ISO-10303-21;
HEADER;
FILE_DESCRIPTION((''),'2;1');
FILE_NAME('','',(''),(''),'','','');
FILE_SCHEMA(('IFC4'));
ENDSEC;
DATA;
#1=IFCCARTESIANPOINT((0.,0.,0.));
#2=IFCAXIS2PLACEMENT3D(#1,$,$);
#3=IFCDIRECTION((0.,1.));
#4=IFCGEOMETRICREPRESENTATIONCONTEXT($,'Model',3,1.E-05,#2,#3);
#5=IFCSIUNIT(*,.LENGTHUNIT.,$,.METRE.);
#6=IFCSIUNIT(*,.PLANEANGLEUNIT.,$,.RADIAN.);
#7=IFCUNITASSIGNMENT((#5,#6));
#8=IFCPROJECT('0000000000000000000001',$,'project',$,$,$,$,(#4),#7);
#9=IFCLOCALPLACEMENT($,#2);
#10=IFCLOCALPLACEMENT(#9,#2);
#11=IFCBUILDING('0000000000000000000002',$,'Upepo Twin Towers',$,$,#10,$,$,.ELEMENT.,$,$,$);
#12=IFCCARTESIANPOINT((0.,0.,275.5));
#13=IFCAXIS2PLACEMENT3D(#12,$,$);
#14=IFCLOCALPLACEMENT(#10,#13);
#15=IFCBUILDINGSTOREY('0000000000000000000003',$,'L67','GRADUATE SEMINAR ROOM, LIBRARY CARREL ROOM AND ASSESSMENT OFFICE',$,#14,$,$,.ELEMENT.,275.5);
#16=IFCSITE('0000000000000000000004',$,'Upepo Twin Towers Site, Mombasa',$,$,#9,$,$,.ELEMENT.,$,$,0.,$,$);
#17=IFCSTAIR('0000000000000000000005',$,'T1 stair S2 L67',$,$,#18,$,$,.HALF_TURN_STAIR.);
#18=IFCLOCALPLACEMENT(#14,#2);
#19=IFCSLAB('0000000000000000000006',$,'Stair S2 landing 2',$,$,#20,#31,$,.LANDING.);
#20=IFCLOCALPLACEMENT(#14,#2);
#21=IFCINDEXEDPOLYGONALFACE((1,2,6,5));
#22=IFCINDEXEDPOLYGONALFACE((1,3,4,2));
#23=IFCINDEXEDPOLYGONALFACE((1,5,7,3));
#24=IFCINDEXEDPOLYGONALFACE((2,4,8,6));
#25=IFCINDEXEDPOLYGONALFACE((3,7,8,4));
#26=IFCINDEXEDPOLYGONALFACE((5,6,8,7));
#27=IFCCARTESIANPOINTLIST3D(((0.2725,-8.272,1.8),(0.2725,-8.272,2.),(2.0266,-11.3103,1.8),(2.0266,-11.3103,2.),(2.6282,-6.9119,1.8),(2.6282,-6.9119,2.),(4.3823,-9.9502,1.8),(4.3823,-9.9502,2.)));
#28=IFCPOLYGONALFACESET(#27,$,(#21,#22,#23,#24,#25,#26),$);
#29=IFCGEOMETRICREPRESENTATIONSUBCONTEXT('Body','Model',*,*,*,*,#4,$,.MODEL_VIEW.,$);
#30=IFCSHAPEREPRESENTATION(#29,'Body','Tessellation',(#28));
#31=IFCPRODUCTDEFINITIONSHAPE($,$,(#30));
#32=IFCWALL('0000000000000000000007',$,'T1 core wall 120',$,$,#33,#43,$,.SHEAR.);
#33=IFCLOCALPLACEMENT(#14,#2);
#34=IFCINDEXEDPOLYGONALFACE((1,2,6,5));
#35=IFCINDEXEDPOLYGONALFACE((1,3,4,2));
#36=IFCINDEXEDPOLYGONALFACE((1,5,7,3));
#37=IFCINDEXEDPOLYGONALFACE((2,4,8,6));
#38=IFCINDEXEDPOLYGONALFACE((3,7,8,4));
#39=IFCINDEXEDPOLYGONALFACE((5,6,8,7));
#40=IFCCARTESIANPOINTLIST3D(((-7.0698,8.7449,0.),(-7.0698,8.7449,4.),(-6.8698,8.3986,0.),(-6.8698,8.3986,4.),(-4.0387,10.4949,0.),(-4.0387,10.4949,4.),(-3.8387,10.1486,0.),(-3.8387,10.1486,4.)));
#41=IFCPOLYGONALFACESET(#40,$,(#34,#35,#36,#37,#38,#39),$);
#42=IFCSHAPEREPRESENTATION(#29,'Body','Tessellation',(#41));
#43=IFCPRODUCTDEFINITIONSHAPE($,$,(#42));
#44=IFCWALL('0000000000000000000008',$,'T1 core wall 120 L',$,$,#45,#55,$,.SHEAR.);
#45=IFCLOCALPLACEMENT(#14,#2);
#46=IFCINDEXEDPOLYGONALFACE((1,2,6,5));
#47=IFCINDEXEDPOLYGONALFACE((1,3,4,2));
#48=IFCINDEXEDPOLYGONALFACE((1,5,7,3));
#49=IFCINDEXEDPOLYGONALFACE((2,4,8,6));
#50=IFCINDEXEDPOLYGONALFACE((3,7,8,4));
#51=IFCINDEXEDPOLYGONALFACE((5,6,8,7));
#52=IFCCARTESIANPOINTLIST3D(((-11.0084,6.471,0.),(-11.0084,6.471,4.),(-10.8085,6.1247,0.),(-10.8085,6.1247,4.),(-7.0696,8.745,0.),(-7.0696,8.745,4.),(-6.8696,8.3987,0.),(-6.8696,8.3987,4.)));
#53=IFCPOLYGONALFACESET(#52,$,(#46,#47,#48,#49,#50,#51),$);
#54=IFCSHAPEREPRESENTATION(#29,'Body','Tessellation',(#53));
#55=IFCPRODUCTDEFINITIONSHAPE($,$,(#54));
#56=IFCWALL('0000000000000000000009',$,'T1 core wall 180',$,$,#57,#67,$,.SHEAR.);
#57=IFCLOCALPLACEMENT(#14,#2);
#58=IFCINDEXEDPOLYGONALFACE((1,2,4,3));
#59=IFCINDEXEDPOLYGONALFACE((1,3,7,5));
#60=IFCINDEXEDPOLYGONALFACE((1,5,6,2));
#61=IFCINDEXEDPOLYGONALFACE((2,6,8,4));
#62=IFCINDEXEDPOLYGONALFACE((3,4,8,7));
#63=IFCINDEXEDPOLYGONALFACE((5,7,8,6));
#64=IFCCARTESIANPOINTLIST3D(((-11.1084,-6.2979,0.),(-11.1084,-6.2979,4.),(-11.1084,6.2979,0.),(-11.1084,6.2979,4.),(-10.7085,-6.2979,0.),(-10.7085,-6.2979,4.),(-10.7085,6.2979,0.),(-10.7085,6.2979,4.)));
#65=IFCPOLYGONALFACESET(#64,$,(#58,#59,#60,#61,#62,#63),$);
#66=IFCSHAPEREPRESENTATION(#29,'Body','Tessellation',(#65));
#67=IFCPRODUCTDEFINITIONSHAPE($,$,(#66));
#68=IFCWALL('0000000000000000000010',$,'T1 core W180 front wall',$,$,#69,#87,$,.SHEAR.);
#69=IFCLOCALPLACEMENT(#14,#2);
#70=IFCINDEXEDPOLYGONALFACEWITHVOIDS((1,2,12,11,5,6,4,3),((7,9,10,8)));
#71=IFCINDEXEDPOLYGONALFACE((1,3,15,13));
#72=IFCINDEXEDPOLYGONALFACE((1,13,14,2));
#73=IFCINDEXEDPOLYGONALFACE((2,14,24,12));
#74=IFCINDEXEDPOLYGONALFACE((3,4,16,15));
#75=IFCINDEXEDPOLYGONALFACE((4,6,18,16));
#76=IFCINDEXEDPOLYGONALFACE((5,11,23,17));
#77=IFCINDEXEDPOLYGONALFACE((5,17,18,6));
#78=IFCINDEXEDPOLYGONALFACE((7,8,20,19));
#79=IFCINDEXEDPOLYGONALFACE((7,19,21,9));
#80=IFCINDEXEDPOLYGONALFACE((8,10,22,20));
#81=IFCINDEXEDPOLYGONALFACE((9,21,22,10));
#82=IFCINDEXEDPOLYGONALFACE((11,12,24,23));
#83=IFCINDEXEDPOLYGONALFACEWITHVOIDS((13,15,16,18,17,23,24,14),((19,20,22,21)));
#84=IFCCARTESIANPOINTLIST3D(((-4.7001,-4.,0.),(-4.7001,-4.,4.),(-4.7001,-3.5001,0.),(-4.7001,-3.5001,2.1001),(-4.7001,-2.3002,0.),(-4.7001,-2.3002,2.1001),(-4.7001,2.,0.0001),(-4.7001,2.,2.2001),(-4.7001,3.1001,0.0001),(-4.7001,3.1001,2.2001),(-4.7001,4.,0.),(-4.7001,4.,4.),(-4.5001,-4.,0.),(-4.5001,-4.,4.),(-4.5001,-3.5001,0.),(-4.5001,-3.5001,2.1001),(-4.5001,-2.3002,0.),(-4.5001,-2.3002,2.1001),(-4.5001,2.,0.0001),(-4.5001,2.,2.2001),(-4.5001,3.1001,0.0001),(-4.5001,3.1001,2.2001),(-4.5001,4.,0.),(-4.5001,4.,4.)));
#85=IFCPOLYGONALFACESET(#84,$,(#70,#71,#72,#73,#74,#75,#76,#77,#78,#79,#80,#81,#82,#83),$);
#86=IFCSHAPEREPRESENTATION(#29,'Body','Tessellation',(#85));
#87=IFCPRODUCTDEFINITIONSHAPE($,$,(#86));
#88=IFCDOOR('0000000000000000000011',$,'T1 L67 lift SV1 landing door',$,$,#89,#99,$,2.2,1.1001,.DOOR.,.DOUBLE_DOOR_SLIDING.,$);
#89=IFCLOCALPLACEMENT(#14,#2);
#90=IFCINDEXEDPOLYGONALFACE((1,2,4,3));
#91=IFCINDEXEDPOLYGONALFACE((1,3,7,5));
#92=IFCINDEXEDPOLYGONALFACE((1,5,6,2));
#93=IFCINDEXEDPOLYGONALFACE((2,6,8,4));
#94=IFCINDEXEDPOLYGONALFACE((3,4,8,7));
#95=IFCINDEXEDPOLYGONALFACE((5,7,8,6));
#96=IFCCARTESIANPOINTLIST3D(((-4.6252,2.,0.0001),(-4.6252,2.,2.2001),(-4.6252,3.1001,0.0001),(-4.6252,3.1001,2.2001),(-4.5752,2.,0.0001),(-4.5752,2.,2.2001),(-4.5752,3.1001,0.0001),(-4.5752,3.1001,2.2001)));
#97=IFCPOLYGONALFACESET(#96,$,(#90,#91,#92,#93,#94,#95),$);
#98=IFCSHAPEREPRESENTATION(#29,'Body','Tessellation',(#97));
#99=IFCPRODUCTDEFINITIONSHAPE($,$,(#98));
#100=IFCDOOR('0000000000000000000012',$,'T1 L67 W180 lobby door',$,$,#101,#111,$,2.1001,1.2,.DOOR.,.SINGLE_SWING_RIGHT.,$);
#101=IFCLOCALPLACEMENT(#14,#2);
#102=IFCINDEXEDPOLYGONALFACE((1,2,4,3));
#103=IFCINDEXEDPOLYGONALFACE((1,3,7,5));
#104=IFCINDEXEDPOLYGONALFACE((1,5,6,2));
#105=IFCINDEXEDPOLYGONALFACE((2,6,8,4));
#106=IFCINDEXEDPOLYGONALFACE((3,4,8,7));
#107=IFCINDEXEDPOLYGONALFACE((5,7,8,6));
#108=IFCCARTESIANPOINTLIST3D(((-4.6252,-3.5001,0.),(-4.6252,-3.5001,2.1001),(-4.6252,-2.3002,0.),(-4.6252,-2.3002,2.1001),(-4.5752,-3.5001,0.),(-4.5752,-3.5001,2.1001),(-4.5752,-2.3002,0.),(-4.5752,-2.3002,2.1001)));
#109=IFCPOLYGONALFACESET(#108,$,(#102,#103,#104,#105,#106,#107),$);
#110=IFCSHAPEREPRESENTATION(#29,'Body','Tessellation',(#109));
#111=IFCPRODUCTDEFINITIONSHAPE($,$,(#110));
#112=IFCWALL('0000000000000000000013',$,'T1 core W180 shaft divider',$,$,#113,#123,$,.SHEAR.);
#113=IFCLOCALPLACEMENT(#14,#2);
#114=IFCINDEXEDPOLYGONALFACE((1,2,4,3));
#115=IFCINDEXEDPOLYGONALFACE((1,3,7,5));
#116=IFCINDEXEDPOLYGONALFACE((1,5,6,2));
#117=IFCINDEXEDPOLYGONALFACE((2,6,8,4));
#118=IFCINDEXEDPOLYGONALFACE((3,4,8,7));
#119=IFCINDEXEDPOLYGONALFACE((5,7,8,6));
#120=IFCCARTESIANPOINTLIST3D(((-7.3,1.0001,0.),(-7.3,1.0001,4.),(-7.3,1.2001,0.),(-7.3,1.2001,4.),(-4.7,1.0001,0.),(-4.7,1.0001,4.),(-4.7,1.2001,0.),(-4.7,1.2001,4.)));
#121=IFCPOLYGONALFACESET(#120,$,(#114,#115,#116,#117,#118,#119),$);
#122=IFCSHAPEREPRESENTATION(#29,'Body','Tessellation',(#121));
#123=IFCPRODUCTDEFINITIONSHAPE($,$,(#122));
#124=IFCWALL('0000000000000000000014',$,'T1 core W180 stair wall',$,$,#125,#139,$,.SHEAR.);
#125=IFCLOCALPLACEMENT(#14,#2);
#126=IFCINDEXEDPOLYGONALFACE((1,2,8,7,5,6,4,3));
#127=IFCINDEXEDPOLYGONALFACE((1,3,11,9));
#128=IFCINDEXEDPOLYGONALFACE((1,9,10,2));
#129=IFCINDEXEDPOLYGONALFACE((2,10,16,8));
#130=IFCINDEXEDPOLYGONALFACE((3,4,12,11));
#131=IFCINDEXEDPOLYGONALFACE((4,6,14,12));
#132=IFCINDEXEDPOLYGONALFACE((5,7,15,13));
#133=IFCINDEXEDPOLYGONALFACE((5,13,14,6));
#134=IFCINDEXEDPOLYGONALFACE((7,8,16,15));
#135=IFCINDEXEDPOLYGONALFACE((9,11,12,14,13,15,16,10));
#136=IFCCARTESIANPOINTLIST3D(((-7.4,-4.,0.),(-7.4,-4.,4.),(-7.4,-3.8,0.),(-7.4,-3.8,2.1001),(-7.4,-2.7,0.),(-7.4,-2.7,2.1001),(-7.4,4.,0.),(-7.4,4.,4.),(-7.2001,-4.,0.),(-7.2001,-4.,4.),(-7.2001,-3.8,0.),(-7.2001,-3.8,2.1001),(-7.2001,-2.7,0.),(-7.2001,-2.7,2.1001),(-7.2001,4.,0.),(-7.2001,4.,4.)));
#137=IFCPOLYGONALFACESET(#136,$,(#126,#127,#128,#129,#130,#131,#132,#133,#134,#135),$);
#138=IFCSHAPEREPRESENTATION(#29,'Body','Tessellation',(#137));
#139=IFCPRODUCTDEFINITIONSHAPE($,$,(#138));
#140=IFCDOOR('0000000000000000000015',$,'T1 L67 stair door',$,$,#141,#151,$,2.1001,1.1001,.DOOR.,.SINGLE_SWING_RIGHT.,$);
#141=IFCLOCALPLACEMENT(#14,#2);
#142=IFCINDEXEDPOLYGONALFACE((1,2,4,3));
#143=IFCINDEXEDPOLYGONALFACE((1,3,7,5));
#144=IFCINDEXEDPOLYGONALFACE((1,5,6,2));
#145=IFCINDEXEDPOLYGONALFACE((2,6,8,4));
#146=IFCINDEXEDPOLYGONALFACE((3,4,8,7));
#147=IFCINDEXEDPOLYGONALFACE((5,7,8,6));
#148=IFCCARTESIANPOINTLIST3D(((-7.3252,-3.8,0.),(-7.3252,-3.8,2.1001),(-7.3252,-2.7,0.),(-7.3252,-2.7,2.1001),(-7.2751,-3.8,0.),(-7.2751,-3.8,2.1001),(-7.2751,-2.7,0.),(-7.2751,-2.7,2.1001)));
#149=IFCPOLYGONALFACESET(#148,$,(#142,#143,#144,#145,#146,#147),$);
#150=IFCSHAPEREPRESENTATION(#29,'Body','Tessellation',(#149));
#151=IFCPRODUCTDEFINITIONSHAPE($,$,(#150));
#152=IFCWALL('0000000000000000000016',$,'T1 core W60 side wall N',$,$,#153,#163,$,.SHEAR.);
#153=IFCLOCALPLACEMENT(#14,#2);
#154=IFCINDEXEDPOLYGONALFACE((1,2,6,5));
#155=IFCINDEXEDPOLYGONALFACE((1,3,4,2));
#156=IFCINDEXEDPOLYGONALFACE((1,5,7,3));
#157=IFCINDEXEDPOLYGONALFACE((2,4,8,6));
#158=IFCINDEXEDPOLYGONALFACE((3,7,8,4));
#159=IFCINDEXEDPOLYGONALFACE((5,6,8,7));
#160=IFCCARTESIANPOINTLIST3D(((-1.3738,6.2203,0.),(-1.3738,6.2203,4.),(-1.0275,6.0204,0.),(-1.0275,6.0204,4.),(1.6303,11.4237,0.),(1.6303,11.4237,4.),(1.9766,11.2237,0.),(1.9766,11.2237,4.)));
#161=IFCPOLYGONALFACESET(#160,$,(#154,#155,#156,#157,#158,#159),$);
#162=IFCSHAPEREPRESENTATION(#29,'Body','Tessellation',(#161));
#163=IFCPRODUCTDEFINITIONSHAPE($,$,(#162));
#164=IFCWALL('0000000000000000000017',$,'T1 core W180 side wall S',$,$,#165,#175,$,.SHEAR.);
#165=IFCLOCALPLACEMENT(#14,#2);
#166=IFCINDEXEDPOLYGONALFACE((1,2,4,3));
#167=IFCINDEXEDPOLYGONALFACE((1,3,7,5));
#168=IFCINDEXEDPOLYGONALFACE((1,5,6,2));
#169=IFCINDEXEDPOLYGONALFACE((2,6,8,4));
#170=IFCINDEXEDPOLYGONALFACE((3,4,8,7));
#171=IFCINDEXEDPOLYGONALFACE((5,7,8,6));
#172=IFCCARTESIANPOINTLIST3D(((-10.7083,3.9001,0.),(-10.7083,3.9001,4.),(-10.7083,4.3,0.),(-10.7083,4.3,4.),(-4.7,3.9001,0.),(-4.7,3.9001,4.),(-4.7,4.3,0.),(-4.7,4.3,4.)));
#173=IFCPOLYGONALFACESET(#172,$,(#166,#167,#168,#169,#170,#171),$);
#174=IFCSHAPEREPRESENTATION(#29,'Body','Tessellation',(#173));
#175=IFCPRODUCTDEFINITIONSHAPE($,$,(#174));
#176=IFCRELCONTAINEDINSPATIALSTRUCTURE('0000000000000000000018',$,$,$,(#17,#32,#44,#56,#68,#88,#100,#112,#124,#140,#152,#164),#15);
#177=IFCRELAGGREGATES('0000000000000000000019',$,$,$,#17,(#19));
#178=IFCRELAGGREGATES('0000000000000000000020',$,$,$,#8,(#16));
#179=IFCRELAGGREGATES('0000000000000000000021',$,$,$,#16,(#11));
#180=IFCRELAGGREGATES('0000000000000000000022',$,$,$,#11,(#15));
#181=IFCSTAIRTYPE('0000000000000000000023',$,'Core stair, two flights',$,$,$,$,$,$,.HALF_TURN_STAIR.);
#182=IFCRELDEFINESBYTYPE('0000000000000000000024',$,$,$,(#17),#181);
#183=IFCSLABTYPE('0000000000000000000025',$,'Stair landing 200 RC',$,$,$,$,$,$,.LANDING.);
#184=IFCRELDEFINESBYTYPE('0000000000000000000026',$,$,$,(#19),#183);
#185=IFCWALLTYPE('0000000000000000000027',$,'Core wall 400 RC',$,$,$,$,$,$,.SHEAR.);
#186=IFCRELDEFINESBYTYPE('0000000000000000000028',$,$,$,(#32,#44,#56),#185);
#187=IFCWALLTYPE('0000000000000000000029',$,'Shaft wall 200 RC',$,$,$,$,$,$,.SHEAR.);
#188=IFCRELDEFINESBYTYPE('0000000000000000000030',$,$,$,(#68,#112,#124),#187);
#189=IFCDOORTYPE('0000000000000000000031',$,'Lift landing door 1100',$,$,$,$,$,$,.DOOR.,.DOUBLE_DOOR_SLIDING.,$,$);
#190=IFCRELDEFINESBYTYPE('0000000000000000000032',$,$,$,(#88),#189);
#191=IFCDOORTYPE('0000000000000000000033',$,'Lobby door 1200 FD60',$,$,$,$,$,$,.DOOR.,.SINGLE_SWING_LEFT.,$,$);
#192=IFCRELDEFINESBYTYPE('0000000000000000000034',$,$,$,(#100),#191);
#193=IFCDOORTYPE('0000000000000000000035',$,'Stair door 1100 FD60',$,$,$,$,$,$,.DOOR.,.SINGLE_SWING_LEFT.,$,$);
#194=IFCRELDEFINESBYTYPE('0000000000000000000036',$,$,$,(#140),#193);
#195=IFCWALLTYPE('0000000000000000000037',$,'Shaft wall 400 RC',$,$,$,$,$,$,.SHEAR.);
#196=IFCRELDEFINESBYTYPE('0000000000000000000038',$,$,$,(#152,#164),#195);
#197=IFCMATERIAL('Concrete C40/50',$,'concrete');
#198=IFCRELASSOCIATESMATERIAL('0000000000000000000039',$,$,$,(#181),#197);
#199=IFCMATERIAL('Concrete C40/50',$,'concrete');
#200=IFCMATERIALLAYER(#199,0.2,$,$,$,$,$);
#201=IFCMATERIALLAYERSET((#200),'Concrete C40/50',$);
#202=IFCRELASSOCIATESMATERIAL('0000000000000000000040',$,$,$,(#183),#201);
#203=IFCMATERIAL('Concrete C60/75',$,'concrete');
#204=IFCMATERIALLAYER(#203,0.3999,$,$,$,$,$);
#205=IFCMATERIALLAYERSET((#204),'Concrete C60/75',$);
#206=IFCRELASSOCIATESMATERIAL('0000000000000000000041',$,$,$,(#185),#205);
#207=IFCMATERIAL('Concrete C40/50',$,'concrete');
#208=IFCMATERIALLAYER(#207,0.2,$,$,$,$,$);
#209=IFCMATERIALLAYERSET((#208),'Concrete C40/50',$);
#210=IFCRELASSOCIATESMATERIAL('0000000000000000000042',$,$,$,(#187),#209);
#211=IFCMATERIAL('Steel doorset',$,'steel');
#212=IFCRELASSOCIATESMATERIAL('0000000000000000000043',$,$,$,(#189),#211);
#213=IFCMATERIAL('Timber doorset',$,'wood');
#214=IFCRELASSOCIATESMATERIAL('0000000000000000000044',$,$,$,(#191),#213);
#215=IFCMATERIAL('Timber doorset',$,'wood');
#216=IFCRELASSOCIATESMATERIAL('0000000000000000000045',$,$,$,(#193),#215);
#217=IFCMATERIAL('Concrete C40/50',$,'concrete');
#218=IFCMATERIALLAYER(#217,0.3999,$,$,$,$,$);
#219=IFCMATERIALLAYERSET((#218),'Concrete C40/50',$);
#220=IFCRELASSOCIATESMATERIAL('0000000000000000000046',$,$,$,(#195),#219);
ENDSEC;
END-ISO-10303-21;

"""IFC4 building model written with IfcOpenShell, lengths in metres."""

from ifc_helpers import new_model, si_unit, direction, frame, frame_2d, origin, place, context, subcontext, project, spatial, polyline, rectangle, outline, extrude, material, layer, layer_set, type_object, element, fill, aggregate, save


model = new_model("IFC4")

# Units and contexts
model_context = context("Model", 3, precision=1e-05, world=origin(), true_north=direction((0.0, 1.0)))
body_context = subcontext(model_context, "Body", "Model", "MODEL_VIEW")
ifc_project = project(units=[si_unit("LENGTHUNIT", "METRE"), si_unit("PLANEANGLEUNIT", "RADIAN")], contexts=[model_context])

# Site, building, storey
site_placement = place(None, origin())
site = spatial("IfcSite", under=ifc_project, at=site_placement, Name="Upepo Twin Towers Site, Mombasa", CompositionType="ELEMENT", RefElevation=0.0)
building_placement = place(site_placement, origin())
building = spatial("IfcBuilding", under=site, at=building_placement, Name="Upepo Twin Towers", CompositionType="ELEMENT")
storey_placement = place(building_placement, frame((0.0, 0.0, 275.5)))
storey = spatial("IfcBuildingStorey", under=building, at=storey_placement, Name="L67", Description="GRADUATE SEMINAR ROOM, LIBRARY CARREL ROOM AND ASSESSMENT OFFICE", CompositionType="ELEMENT", Elevation=275.5)

# Stair, slab
ifc_material_1 = material(Name="Concrete C40/50", Category="concrete")
stair_type = type_object("IfcStairType", Name="Core stair, two flights", PredefinedType="HALF_TURN_STAIR", material=ifc_material_1)
stair_1_placement = place(storey_placement, origin())
stair_1 = element("IfcStair", 1, at=stair_1_placement, inside=storey, type_object=stair_type, Name="T1 stair S2 L67", PredefinedType="HALF_TURN_STAIR")
ifc_material_2 = material(Name="Concrete C40/50", Category="concrete")
ifc_layer_1 = layer(ifc_material_2, 0.2)
ifc_layer_set_1 = layer_set([ifc_layer_1], Name="Concrete C40/50")
slab_type = type_object("IfcSlabType", Name="Stair landing 200 RC", PredefinedType="LANDING", material=ifc_layer_set_1)
slab_placement = place(storey_placement, frame((0.0, 0.0, 1.8)))
slab = element("IfcSlab", 2, at=slab_placement, type_object=slab_type, Name="Stair S2 landing 2", PredefinedType="LANDING", context=body_context, shape_type="SweptSolid", body=[
    extrude(outline(polyline([(0.2725, -8.272), (2.0266, -11.3103), (4.3823, -9.9502), (2.6282, -6.9119), (0.2725, -8.272)])), origin(), (0.0, 0.0, 1.0), 0.2),
])
aggregate(stair_1, [slab])

# Walls
ifc_material_3 = material(Name="Concrete C60/75", Category="concrete")
ifc_layer_2 = layer(ifc_material_3, 0.3999)
ifc_layer_set_2 = layer_set([ifc_layer_2], Name="Concrete C60/75")
wall_type_1 = type_object("IfcWallType", Name="Core wall 400 RC", PredefinedType="SHEAR", material=ifc_layer_set_2)
wall_1_placement = place(storey_placement, frame((-3.9387, 10.3218, 0.0), z_axis=(0.0, 0.0, 1.0), x_axis=(-0.866019, -0.50001, 0.0)))
element("IfcWall", 3, at=wall_1_placement, inside=storey, type_object=wall_type_1, Name="T1 core wall 120", PredefinedType="SHEAR", context=body_context, shape_type="SweptSolid", body=[
    extrude(rectangle(XDim=3.5, YDim=0.3999, at=frame_2d((1.75, 0.0))), origin(), (0.0, 0.0, 1.0), 4.0),
])
wall_2_placement = place(storey_placement, frame((-6.9697, 8.5718, 0.0), z_axis=(0.0, 0.0, 1.0), x_axis=(-0.866035, -0.499984, 0.0)))
element("IfcWall", 4, at=wall_2_placement, inside=storey, type_object=wall_type_1, Name="T1 core wall 120 L", PredefinedType="SHEAR", context=body_context, shape_type="SweptSolid", body=[
    extrude(rectangle(XDim=4.5481, YDim=0.3999, at=frame_2d((2.2739, 0.0))), origin(), (0.0, 0.0, 1.0), 4.0),
])
wall_3_placement = place(storey_placement, frame((-10.9084, 6.2979, 0.0), z_axis=(0.0, 0.0, 1.0), x_axis=(0.0, -1.0, 0.0)))
element("IfcWall", 5, at=wall_3_placement, inside=storey, type_object=wall_type_1, Name="T1 core wall 180", PredefinedType="SHEAR", context=body_context, shape_type="SweptSolid", body=[
    extrude(rectangle(XDim=12.5957, YDim=0.3999, at=frame_2d((6.2979, 0.0))), origin(), (0.0, 0.0, 1.0), 4.0),
])

# Wall, openings, doors
ifc_material_4 = material(Name="Concrete C40/50", Category="concrete")
ifc_layer_3 = layer(ifc_material_4, 0.2)
ifc_layer_set_3 = layer_set([ifc_layer_3], Name="Concrete C40/50")
wall_type_2 = type_object("IfcWallType", Name="Shaft wall 200 RC", PredefinedType="SHEAR", material=ifc_layer_set_3)
wall_4_placement = place(storey_placement, frame((-4.6001, 4.0, 0.0), z_axis=(0.0, 0.0, 1.0), x_axis=(0.0, -1.0, 0.0)))
wall_4 = element("IfcWall", 6, at=wall_4_placement, inside=storey, type_object=wall_type_2, Name="T1 core W180 front wall", PredefinedType="SHEAR", context=body_context, shape_type="SweptSolid", body=[
    extrude(rectangle(XDim=8.0, YDim=0.2, at=frame_2d((4.0, 0.0))), origin(), (0.0, 0.0, 1.0), 4.0),
])
opening_1_placement = place(wall_4_placement, frame((6.3, 0.0, 0.0)))
opening_1 = element("IfcOpeningElement", 7, at=opening_1_placement, cuts=wall_4, PredefinedType="OPENING", context=body_context, shape_type="SweptSolid", body=[
    extrude(rectangle(XDim=1.2, YDim=2.1001, at=frame_2d((0.6001, 1.05))), frame((0.0, 0.1099, 0.0), z_axis=(0.0, -1.0, 0.0), x_axis=(1.0, 0.0, 0.0)), (0.0, 0.0, 1.0), 0.22),
])
opening_2_placement = place(wall_4_placement, frame((0.8999, 0.0, 0.0)))
opening_2 = element("IfcOpeningElement", 8, at=opening_2_placement, cuts=wall_4, PredefinedType="OPENING", context=body_context, shape_type="SweptSolid", body=[
    extrude(rectangle(XDim=1.1001, YDim=2.2, at=frame_2d((0.55, 1.1001))), frame((0.0, 0.1099, 0.0), z_axis=(0.0, -1.0, 0.0), x_axis=(1.0, 0.0, 0.0)), (0.0, 0.0, 1.0), 0.22),
])
ifc_material_5 = material(Name="Steel doorset", Category="steel")
door_type_1 = type_object("IfcDoorType", Name="Lift landing door 1100", OperationType="DOUBLE_DOOR_SLIDING", PredefinedType="DOOR", material=ifc_material_5)
door_1_placement = place(opening_2_placement, origin())
door_1 = element("IfcDoor", 9, at=door_1_placement, inside=storey, type_object=door_type_1, Name="T1 L67 lift SV1 landing door", OperationType="DOUBLE_DOOR_SLIDING", OverallHeight=2.2, OverallWidth=1.1001, PredefinedType="DOOR", context=body_context, shape_type="SweptSolid", body=[
    extrude(rectangle(XDim=1.1001, YDim=2.2, at=frame_2d((0.55, 1.1001))), frame((0.0, 0.0249, 0.0), z_axis=(0.0, -1.0, 0.0), x_axis=(1.0, 0.0, 0.0)), (0.0, 0.0, 1.0), 0.05),
])
fill(opening_2, door_1)
ifc_material_6 = material(Name="Timber doorset", Category="wood")
door_type_2 = type_object("IfcDoorType", Name="Lobby door 1200 FD60", OperationType="SINGLE_SWING_LEFT", PredefinedType="DOOR", material=ifc_material_6)
door_2_placement = place(opening_1_placement, origin())
door_2 = element("IfcDoor", 10, at=door_2_placement, inside=storey, type_object=door_type_2, Name="T1 L67 W180 lobby door", OperationType="SINGLE_SWING_RIGHT", OverallHeight=2.1001, OverallWidth=1.2, PredefinedType="DOOR", context=body_context, shape_type="SweptSolid", body=[
    extrude(rectangle(XDim=1.2, YDim=2.1001, at=frame_2d((0.6001, 1.05))), frame((0.0, 0.0249, 0.0), z_axis=(0.0, -1.0, 0.0), x_axis=(1.0, 0.0, 0.0)), (0.0, 0.0, 1.0), 0.05),
])
fill(opening_1, door_2)

# Wall
wall_5_placement = place(storey_placement, frame((-4.7, 1.1001, 0.0), z_axis=(0.0, 0.0, 1.0), x_axis=(-1.0, 0.0, 0.0)))
element("IfcWall", 11, at=wall_5_placement, inside=storey, type_object=wall_type_2, Name="T1 core W180 shaft divider", PredefinedType="SHEAR", context=body_context, shape_type="SweptSolid", body=[
    extrude(rectangle(XDim=2.6001, YDim=0.2, at=frame_2d((1.3, 0.0))), origin(), (0.0, 0.0, 1.0), 4.0),
])

# Wall, opening, door
wall_6_placement = place(storey_placement, frame((-7.3, 4.0, 0.0), z_axis=(0.0, 0.0, 1.0), x_axis=(0.0, -1.0, 0.0)))
wall_6 = element("IfcWall", 12, at=wall_6_placement, inside=storey, type_object=wall_type_2, Name="T1 core W180 stair wall", PredefinedType="SHEAR", context=body_context, shape_type="SweptSolid", body=[
    extrude(rectangle(XDim=8.0, YDim=0.2, at=frame_2d((4.0, 0.0))), origin(), (0.0, 0.0, 1.0), 4.0),
])
opening_3_placement = place(wall_6_placement, frame((6.7, 0.0, 0.0)))
opening_3 = element("IfcOpeningElement", 13, at=opening_3_placement, cuts=wall_6, PredefinedType="OPENING", context=body_context, shape_type="SweptSolid", body=[
    extrude(rectangle(XDim=1.1001, YDim=2.1001, at=frame_2d((0.55, 1.05))), frame((0.0, 0.1099, 0.0), z_axis=(0.0, -1.0, 0.0), x_axis=(1.0, 0.0, 0.0)), (0.0, 0.0, 1.0), 0.22),
])
ifc_material_7 = material(Name="Timber doorset", Category="wood")
door_type_3 = type_object("IfcDoorType", Name="Stair door 1100 FD60", OperationType="SINGLE_SWING_LEFT", PredefinedType="DOOR", material=ifc_material_7)
door_3_placement = place(opening_3_placement, origin())
door_3 = element("IfcDoor", 14, at=door_3_placement, inside=storey, type_object=door_type_3, Name="T1 L67 stair door", OperationType="SINGLE_SWING_RIGHT", OverallHeight=2.1001, OverallWidth=1.1001, PredefinedType="DOOR", context=body_context, shape_type="SweptSolid", body=[
    extrude(rectangle(XDim=1.1001, YDim=2.1001, at=frame_2d((0.55, 1.05))), frame((0.0, 0.0249, 0.0), z_axis=(0.0, -1.0, 0.0), x_axis=(1.0, 0.0, 0.0)), (0.0, 0.0, 1.0), 0.05),
])
fill(opening_3, door_3)

# Walls
ifc_material_8 = material(Name="Concrete C40/50", Category="concrete")
ifc_layer_4 = layer(ifc_material_8, 0.3999)
ifc_layer_set_4 = layer_set([ifc_layer_4], Name="Concrete C40/50")
wall_type_3 = type_object("IfcWallType", Name="Shaft wall 400 RC", PredefinedType="SHEAR", material=ifc_layer_set_4)
for number, where, z_axis, x_axis, name in (
    (15, (-1.2007, 6.1204, 0.0), (0.0, 0.0, 1.0), (0.499998, 0.866027, 0.0), "T1 core W60 side wall N"),
    (16, (-4.7, 4.1001, 0.0), (0.0, 0.0, 1.0), (-1.0, 0.0, 0.0), "T1 core W180 side wall S"),
):
    element("IfcWall", number, at=place(storey_placement, frame(where, z_axis=z_axis, x_axis=x_axis)), inside=storey, type_object=wall_type_3, Name=name, PredefinedType="SHEAR", context=body_context, shape_type="SweptSolid", body=[
        extrude(rectangle(XDim=6.0083, YDim=0.3999, at=frame_2d((3.0042, 0.0))), origin(), (0.0, 0.0, 1.0), 4.0),
    ])

save(model, "model.ifc")
